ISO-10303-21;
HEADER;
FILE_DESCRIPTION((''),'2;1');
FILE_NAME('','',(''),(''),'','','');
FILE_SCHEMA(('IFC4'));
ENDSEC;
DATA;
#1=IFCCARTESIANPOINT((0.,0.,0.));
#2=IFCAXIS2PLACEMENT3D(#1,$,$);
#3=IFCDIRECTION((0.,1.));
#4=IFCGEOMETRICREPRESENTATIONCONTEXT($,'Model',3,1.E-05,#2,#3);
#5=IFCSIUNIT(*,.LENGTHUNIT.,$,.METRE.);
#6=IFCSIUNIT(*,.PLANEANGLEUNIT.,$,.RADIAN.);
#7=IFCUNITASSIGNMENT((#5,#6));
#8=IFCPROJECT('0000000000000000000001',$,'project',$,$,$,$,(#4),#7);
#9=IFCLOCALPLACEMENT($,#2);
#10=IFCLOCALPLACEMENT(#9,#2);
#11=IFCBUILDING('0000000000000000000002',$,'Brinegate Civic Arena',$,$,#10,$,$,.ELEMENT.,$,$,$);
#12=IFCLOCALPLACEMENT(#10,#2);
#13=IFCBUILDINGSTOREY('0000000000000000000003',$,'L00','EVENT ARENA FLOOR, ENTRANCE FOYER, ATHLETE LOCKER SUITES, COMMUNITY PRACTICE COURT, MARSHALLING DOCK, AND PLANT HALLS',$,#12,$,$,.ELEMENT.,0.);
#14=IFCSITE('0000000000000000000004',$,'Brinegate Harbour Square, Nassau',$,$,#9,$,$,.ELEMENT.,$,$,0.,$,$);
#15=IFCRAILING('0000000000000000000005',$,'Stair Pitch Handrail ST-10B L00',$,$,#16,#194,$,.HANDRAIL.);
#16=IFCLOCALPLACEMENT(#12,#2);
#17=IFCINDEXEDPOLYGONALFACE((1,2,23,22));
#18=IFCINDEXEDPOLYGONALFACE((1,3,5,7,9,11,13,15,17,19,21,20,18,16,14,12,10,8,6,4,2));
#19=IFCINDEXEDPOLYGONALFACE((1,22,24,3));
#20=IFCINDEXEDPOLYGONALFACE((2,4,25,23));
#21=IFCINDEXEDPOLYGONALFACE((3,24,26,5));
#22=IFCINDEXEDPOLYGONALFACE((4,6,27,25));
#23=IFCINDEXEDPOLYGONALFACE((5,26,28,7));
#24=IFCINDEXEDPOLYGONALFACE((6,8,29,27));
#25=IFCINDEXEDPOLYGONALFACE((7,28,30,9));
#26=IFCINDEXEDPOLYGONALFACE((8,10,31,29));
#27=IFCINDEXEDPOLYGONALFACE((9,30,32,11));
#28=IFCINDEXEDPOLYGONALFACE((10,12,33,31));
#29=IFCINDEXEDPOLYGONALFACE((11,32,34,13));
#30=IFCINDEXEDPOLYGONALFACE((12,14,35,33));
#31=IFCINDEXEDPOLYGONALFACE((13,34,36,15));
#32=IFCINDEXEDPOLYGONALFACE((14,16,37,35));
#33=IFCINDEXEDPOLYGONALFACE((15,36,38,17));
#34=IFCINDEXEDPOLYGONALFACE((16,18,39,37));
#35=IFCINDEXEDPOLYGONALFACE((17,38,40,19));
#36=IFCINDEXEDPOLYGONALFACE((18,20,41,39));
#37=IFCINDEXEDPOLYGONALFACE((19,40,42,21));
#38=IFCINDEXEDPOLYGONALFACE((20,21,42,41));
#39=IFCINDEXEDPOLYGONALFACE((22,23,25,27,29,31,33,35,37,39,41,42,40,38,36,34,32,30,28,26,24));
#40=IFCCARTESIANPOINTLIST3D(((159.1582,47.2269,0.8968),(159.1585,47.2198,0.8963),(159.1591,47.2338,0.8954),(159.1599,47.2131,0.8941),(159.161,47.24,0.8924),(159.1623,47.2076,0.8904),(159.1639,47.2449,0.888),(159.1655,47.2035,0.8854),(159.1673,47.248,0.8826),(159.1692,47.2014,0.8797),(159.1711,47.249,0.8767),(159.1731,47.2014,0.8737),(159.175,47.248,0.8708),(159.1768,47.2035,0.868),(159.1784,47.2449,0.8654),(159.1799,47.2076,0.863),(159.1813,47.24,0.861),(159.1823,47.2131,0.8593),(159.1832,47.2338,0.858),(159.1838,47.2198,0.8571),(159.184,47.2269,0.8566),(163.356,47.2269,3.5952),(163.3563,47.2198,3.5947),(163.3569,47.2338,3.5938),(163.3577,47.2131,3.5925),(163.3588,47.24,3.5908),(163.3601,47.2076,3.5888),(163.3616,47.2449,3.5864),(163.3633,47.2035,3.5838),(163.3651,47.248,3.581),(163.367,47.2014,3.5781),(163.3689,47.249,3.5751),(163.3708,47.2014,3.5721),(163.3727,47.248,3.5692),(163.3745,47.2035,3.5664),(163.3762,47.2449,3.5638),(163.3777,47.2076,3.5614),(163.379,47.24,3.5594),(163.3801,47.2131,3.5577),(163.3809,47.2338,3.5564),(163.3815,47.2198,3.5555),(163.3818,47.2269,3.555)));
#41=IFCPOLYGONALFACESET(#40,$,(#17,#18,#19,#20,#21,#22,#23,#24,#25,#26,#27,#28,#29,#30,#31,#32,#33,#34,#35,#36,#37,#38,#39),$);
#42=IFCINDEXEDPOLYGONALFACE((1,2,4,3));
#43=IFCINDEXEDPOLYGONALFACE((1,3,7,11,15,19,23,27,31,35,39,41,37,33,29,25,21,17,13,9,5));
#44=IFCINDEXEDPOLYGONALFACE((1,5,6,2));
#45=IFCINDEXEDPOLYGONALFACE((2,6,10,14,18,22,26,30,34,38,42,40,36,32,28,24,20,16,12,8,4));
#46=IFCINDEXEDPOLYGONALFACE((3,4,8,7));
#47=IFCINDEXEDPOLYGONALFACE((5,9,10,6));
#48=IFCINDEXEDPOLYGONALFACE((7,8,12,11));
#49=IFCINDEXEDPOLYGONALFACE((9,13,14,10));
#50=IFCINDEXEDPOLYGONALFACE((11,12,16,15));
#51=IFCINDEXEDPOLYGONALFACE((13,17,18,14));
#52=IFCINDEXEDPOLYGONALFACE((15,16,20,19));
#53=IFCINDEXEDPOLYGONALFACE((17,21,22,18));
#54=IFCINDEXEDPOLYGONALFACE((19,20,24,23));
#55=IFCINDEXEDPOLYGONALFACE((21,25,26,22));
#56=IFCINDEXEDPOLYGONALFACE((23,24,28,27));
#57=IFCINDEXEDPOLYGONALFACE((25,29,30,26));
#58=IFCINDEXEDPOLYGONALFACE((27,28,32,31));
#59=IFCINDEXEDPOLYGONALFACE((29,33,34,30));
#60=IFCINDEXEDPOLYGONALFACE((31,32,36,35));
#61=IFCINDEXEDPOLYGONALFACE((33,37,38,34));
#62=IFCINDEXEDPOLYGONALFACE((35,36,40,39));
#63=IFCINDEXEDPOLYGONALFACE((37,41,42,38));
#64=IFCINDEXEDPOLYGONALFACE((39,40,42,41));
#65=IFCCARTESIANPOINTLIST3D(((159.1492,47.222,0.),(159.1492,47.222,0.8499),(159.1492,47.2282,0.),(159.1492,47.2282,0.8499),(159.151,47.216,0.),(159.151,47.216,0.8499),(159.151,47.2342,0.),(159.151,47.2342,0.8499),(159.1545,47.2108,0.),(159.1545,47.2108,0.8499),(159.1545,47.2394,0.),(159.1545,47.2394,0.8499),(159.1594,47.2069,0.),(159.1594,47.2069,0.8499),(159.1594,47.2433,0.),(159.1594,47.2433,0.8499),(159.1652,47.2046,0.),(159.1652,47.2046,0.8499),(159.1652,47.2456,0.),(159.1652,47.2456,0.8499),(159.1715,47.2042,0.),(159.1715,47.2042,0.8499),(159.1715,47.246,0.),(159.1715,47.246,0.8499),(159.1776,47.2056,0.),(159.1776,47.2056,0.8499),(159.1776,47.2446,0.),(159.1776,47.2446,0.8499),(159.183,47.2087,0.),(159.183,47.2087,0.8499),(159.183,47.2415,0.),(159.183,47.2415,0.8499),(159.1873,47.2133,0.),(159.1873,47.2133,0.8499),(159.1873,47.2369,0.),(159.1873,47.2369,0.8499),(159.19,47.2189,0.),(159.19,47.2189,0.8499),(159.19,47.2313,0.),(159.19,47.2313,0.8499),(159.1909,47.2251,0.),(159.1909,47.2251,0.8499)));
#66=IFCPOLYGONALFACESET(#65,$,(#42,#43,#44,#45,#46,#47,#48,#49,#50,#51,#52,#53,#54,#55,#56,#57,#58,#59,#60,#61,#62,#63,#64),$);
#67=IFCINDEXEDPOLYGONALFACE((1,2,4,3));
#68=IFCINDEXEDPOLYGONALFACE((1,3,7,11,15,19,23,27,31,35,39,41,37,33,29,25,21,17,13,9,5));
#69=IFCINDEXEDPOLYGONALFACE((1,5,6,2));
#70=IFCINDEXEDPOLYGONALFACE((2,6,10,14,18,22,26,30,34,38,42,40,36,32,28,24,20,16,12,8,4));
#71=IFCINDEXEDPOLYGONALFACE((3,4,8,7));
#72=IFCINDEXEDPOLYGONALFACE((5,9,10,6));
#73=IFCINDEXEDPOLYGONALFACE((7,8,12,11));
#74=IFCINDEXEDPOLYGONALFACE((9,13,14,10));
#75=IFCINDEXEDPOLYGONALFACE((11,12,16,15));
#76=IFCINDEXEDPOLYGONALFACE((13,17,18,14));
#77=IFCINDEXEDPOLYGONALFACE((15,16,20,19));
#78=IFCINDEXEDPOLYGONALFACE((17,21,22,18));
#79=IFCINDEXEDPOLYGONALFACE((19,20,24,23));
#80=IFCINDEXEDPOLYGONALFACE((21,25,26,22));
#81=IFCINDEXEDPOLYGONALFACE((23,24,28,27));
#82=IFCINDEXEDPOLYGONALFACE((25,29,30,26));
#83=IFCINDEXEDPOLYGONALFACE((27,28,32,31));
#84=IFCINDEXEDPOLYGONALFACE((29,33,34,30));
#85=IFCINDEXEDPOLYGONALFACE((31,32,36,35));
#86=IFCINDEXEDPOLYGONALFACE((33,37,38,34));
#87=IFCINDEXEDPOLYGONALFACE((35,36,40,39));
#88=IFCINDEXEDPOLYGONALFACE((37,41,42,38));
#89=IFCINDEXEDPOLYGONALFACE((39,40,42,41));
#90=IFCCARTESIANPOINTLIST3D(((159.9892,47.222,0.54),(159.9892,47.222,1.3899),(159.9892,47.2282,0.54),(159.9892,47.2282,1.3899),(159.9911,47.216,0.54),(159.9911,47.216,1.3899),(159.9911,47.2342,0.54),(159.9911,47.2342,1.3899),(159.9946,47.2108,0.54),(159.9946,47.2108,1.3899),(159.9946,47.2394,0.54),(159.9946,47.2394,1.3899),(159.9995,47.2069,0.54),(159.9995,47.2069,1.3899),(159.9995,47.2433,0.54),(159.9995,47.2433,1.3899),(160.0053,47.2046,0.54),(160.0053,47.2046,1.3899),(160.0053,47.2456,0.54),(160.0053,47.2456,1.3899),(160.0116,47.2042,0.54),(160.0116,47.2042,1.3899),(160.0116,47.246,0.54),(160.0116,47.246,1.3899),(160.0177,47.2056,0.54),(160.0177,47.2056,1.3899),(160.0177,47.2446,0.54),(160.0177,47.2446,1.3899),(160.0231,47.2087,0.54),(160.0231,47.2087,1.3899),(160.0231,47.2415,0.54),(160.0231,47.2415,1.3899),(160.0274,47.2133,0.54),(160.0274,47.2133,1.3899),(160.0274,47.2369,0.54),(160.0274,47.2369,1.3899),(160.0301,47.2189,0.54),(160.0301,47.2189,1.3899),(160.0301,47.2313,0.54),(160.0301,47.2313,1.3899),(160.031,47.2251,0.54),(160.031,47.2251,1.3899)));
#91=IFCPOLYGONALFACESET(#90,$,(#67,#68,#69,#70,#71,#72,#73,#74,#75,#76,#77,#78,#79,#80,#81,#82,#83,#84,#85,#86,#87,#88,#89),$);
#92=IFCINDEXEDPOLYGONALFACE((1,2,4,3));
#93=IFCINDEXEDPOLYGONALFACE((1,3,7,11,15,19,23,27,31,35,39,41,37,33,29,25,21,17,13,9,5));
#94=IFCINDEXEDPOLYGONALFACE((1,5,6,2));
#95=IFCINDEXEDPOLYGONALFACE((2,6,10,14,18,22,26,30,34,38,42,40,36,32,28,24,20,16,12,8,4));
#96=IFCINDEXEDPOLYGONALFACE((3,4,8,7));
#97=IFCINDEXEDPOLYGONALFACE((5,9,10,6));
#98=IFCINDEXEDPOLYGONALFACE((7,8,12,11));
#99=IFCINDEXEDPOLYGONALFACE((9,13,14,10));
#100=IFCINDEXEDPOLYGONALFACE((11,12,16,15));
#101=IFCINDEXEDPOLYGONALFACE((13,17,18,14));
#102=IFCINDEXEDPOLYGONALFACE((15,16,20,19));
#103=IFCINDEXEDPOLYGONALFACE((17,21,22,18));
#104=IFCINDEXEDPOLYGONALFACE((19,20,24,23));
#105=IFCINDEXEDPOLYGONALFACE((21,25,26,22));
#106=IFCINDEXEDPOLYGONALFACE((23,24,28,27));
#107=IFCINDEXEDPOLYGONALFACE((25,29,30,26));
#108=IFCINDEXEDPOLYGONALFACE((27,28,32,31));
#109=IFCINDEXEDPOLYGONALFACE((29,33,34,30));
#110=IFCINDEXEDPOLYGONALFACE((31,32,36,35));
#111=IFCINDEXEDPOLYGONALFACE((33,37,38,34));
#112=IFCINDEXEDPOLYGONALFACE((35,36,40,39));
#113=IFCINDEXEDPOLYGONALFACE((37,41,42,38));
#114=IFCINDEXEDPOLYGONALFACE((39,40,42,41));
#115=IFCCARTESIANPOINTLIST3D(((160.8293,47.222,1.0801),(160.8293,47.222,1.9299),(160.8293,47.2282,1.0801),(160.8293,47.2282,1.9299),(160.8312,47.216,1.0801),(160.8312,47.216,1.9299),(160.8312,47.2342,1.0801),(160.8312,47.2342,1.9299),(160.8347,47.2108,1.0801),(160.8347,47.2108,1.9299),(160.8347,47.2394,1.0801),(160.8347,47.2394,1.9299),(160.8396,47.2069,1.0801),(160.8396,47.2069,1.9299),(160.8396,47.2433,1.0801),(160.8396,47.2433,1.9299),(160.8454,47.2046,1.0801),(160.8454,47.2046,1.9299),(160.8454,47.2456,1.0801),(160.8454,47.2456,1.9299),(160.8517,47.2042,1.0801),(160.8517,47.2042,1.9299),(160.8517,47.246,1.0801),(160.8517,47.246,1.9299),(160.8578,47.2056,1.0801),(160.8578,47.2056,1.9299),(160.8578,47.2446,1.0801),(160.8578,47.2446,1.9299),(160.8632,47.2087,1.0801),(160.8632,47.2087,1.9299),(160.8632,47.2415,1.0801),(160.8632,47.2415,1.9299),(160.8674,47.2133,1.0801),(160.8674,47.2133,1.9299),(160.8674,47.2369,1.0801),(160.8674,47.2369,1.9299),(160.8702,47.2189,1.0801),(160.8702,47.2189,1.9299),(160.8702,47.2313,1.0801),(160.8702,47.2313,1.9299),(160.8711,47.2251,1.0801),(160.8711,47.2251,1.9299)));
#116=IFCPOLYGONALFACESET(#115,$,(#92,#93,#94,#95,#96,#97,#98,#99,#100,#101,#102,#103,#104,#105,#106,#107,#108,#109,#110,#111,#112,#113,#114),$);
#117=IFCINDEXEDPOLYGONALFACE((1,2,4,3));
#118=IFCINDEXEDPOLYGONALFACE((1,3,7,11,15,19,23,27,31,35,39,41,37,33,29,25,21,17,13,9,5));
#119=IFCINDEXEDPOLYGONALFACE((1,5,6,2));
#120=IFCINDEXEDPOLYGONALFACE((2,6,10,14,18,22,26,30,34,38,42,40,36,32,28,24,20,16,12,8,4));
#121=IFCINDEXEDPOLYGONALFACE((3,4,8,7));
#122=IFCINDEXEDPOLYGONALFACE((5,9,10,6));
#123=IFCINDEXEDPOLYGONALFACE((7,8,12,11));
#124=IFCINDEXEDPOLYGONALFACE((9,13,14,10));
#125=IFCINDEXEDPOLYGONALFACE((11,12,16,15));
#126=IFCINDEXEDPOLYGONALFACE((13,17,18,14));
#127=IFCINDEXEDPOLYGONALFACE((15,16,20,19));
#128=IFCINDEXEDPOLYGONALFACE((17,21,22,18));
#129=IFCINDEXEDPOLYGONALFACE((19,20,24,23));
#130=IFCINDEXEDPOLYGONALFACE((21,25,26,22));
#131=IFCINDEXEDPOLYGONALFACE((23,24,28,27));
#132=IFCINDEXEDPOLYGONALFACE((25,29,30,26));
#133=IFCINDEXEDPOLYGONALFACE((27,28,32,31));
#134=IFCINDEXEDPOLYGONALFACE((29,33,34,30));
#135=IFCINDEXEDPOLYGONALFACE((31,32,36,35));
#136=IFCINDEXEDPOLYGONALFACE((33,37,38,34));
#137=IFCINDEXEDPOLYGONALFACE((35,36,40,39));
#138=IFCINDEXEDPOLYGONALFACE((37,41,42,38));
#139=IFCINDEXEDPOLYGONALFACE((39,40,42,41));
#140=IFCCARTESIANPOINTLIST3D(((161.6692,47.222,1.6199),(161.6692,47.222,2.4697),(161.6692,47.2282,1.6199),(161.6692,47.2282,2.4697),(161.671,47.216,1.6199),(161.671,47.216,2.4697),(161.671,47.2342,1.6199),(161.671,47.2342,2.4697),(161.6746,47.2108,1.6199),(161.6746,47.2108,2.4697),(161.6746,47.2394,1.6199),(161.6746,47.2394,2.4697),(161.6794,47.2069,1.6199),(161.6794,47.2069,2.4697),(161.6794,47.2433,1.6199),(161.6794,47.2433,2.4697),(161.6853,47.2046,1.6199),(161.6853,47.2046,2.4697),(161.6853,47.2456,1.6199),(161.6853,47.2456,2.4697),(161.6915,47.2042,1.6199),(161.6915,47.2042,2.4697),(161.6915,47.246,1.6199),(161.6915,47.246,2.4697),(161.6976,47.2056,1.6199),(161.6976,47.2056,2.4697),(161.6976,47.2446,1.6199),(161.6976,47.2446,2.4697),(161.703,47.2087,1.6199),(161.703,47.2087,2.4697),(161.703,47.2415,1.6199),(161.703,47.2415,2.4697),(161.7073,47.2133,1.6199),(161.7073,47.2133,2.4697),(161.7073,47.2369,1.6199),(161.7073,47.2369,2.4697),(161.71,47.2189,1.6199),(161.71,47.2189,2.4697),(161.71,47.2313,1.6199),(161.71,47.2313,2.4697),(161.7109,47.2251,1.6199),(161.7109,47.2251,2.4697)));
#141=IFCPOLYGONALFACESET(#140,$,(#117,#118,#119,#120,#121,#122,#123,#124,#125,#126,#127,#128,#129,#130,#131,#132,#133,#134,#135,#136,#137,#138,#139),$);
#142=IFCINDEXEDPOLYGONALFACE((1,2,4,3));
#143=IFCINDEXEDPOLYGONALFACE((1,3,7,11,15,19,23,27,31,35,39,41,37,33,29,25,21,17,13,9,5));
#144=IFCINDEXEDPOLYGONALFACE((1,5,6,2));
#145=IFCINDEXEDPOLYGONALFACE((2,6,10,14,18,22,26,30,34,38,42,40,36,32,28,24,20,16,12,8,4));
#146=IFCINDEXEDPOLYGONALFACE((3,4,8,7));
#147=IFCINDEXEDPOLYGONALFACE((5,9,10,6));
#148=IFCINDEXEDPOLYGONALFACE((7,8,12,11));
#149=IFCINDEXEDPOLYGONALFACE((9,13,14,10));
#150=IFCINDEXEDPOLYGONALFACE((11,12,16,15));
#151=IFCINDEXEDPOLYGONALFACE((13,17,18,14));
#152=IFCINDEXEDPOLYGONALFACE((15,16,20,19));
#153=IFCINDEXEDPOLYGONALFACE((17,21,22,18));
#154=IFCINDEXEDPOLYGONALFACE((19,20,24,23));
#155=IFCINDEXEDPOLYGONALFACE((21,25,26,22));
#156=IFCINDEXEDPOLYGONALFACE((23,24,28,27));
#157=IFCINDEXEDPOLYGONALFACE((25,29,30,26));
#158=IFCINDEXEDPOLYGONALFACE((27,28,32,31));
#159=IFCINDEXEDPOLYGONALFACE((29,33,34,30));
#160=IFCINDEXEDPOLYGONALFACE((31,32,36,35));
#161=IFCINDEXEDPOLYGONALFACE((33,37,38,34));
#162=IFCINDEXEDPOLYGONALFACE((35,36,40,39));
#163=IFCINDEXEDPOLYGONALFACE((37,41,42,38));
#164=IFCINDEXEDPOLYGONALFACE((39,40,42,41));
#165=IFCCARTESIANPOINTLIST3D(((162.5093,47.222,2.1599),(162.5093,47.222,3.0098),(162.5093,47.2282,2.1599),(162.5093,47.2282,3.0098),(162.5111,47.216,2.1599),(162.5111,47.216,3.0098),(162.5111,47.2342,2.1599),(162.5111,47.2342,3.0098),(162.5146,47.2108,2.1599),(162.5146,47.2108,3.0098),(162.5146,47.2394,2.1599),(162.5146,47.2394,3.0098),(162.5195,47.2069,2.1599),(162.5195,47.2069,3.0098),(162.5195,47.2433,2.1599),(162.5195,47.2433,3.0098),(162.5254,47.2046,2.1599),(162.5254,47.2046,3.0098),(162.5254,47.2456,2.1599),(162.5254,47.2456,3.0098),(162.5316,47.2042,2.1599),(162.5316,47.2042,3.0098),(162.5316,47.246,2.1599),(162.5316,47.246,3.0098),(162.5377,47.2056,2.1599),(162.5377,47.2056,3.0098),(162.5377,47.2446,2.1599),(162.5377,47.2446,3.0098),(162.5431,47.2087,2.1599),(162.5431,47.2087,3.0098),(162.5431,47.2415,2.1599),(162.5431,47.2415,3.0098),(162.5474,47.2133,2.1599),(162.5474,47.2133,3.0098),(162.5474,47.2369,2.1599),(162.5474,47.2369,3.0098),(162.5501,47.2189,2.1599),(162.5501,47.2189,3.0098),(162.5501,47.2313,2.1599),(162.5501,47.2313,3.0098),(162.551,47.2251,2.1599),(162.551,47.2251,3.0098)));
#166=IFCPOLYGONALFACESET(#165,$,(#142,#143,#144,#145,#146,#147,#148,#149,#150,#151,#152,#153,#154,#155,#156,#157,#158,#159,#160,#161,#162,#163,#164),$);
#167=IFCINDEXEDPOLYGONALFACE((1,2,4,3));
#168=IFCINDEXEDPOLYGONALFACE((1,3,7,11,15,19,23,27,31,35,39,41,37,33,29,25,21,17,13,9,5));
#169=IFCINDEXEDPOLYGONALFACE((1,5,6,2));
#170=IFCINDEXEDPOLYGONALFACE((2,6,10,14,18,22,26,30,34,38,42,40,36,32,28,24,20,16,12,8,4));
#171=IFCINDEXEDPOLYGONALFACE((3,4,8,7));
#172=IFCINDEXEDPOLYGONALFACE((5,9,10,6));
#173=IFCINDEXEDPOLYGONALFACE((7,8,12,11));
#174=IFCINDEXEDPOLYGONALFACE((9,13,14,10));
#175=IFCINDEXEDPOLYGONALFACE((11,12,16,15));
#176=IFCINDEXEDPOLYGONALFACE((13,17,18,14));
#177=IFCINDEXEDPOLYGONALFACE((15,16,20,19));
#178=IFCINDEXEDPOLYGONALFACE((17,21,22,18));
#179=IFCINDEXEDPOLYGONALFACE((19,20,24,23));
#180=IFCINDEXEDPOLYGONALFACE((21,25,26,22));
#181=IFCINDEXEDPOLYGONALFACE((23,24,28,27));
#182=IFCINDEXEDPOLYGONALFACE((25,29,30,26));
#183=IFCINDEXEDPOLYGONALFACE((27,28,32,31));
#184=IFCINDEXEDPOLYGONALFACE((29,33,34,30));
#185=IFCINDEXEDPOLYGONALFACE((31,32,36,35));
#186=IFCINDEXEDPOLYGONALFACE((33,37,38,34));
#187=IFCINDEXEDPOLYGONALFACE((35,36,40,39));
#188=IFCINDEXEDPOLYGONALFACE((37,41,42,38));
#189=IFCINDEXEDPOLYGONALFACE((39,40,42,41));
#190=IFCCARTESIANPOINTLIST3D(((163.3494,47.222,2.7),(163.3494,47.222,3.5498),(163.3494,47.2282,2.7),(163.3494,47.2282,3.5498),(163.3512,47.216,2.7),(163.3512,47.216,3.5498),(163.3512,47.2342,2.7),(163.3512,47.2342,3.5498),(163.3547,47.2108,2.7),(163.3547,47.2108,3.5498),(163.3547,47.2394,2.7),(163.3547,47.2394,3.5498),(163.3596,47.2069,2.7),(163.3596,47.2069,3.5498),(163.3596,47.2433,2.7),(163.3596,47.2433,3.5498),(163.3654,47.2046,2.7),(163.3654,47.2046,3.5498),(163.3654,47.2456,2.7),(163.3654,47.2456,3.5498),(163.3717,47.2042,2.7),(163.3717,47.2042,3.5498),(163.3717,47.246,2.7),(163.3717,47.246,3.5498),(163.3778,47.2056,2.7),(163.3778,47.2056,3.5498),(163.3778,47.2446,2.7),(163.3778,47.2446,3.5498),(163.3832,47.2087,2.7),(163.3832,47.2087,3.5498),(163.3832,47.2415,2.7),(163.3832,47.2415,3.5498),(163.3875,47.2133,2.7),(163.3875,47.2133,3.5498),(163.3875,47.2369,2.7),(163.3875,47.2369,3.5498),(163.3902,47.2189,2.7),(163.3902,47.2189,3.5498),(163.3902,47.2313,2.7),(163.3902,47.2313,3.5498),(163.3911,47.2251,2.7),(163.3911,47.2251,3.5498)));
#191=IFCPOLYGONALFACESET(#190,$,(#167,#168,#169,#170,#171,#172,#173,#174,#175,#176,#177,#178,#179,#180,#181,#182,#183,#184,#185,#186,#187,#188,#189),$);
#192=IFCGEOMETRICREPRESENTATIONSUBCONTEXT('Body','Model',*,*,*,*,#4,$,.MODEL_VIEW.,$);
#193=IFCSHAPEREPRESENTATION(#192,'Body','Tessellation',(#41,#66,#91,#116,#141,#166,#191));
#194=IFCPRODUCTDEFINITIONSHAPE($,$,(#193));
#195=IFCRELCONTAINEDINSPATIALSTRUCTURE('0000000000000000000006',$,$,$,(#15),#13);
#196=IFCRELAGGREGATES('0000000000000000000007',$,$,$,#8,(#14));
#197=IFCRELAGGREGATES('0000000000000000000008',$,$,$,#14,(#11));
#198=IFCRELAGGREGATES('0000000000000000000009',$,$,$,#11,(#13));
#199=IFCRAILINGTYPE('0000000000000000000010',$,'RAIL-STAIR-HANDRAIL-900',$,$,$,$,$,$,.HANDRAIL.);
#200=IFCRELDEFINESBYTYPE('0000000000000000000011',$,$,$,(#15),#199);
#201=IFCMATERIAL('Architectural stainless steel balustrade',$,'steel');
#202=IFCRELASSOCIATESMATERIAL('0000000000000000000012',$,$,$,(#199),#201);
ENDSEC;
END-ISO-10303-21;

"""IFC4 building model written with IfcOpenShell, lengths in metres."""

from ifc_helpers import new_model, si_unit, direction, frame, origin, origin_2d, place, context, subcontext, project, spatial, circle, extrude, material, type_object, element, save


model = new_model("IFC4")

# Units and contexts
model_context = context("Model", 3, precision=1e-05, world=origin(), true_north=direction((0.0, 1.0)))
body_context = subcontext(model_context, "Body", "Model", "MODEL_VIEW")
ifc_project = project(units=[si_unit("LENGTHUNIT", "METRE"), si_unit("PLANEANGLEUNIT", "RADIAN")], contexts=[model_context])

# Site, building, storey
site_placement = place(None, origin())
site = spatial("IfcSite", under=ifc_project, at=site_placement, Name="Brinegate Harbour Square, Nassau", CompositionType="ELEMENT", RefElevation=0.0)
building_placement = place(site_placement, origin())
building = spatial("IfcBuilding", under=site, at=building_placement, Name="Brinegate Civic Arena", CompositionType="ELEMENT")
storey_placement = place(building_placement, origin())
storey = spatial("IfcBuildingStorey", under=building, at=storey_placement, Name="L00", Description="EVENT ARENA FLOOR, ENTRANCE FOYER, ATHLETE LOCKER SUITES, COMMUNITY PRACTICE COURT, MARSHALLING DOCK, AND PLANT HALLS", CompositionType="ELEMENT", Elevation=0.0)

# Railing
ifc_material_1 = material(Name="Architectural stainless steel balustrade", Category="steel")
railing_type = type_object("IfcRailingType", Name="RAIL-STAIR-HANDRAIL-900", PredefinedType="HANDRAIL", material=ifc_material_1)
for number, where, name in (
    (1, (159.1699, 47.2251, 0.0), "Stair Pitch Handrail ST-10B L00"),
):
    element("IfcRailing", number, at=place(storey_placement, frame(where)), inside=storey, type_object=railing_type, Name=name, PredefinedType="HANDRAIL", context=body_context, shape_type="SweptSolid", body=[
        extrude(circle(Radius=0.0239, at=origin_2d()), frame((0.0012, 0.0, 0.8767), z_axis=(0.841194, 0.0, 0.540733), x_axis=(0.0, 1.0, 0.0)), (0.0, 0.0, 1.0), 4.9902),
        extrude(circle(Radius=0.021, at=origin_2d()), origin(), (0.0, 0.0, 1.0), 0.8499),
        extrude(circle(Radius=0.021, at=origin_2d()), frame((0.8401, 0.0, 0.54)), (0.0, 0.0, 1.0), 0.8499),
        extrude(circle(Radius=0.021, at=origin_2d()), frame((1.6802, 0.0, 1.0801)), (0.0, 0.0, 1.0), 0.8499),
        extrude(circle(Radius=0.021, at=origin_2d()), frame((2.52, 0.0, 1.6199)), (0.0, 0.0, 1.0), 0.8499),
        extrude(circle(Radius=0.021, at=origin_2d()), frame((3.3601, 0.0, 2.1599)), (0.0, 0.0, 1.0), 0.8499),
        extrude(circle(Radius=0.021, at=origin_2d()), frame((4.2002, 0.0, 2.7)), (0.0, 0.0, 1.0), 0.8499),
    ])

save(model, "model.ifc")
